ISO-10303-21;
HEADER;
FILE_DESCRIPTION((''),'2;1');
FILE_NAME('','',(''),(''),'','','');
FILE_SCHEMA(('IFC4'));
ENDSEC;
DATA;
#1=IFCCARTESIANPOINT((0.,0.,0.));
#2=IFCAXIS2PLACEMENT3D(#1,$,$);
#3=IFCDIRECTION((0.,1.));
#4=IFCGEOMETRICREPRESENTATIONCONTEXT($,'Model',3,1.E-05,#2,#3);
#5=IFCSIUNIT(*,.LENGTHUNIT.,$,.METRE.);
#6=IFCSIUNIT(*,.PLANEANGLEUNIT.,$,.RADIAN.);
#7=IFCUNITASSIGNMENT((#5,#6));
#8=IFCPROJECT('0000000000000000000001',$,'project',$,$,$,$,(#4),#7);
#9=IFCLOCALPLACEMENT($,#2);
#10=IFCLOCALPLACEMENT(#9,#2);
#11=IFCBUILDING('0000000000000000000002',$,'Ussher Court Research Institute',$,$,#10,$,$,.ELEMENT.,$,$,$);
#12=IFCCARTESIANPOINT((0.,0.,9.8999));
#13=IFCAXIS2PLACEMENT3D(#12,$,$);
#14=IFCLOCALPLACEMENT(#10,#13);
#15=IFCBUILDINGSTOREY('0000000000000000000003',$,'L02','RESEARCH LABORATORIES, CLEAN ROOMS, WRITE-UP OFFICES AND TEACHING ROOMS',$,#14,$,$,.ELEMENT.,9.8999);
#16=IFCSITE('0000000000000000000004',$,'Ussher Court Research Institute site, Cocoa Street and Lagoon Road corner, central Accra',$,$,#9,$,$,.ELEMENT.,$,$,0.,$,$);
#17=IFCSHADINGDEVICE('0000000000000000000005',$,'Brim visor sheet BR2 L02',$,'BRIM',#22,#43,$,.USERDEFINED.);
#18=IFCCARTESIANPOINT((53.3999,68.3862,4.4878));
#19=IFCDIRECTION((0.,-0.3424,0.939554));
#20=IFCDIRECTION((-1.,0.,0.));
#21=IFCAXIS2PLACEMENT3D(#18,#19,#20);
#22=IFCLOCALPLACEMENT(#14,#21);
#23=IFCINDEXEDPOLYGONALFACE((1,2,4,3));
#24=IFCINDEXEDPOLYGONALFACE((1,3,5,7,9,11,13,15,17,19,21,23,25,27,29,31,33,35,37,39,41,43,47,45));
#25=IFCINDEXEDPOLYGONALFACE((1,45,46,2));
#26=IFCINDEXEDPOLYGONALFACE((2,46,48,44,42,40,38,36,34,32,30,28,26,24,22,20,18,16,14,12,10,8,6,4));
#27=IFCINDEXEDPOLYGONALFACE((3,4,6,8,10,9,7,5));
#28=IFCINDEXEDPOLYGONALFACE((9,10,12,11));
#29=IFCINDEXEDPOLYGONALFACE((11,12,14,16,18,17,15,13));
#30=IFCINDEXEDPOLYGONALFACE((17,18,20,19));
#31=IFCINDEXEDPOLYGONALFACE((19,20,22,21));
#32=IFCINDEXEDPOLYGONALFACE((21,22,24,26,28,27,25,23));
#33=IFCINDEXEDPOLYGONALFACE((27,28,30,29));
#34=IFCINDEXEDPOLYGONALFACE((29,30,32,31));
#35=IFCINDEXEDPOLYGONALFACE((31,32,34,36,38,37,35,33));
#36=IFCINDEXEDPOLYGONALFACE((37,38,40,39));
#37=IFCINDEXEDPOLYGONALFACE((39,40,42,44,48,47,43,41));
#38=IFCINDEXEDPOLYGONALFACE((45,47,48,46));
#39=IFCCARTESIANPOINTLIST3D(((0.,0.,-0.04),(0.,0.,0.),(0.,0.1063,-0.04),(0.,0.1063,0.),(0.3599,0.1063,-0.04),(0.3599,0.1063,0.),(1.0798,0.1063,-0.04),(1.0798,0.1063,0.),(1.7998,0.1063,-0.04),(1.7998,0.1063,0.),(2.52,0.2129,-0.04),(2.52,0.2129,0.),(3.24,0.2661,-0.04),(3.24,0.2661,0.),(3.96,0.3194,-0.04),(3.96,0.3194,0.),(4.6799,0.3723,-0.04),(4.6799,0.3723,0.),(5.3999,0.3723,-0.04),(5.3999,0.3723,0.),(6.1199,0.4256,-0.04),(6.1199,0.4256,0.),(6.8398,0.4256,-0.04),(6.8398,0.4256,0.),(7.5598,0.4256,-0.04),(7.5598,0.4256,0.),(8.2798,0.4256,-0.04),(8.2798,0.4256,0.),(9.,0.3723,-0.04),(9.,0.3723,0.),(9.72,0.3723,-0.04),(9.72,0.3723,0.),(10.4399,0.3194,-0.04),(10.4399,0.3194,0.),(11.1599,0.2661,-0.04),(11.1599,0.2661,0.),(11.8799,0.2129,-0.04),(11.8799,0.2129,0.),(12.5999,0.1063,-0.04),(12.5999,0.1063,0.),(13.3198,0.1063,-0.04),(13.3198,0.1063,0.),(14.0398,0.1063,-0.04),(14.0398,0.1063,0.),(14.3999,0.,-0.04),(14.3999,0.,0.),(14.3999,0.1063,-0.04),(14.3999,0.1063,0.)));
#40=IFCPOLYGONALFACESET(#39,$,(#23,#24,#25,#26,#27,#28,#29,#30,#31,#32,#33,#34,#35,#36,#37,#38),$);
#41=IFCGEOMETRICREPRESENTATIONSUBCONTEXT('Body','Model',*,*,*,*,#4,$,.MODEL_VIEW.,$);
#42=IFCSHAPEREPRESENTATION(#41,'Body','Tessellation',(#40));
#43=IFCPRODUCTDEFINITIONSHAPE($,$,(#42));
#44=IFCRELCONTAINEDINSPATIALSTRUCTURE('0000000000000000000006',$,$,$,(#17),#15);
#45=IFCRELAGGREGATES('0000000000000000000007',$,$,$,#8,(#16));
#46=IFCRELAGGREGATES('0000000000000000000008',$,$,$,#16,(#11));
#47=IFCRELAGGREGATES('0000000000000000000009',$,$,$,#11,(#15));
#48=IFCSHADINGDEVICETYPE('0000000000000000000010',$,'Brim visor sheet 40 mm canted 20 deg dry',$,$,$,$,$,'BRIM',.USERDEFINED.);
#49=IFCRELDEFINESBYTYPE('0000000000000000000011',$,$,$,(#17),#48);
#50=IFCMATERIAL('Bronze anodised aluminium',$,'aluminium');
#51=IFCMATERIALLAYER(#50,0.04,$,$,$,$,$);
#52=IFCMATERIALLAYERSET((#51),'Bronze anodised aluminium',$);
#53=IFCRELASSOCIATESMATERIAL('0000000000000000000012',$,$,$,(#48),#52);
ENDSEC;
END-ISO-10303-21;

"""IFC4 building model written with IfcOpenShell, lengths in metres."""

from ifc_helpers import new_model, si_unit, direction, frame, origin, place, context, subcontext, project, spatial, polyline, outline, extrude, material, layer, layer_set, type_object, element, save


model = new_model("IFC4")

# Units and contexts
model_context = context("Model", 3, precision=1e-05, world=origin(), true_north=direction((0.0, 1.0)))
body_context = subcontext(model_context, "Body", "Model", "MODEL_VIEW")
ifc_project = project(units=[si_unit("LENGTHUNIT", "METRE"), si_unit("PLANEANGLEUNIT", "RADIAN")], contexts=[model_context])

# Site, building, storey
site_placement = place(None, origin())
site = spatial("IfcSite", under=ifc_project, at=site_placement, Name="Ussher Court Research Institute site, Cocoa Street and Lagoon Road corner, central Accra", CompositionType="ELEMENT", RefElevation=0.0)
building_placement = place(site_placement, origin())
building = spatial("IfcBuilding", under=site, at=building_placement, Name="Ussher Court Research Institute", CompositionType="ELEMENT")
storey_placement = place(building_placement, frame((0.0, 0.0, 9.8999)))
storey = spatial("IfcBuildingStorey", under=building, at=storey_placement, Name="L02", Description="RESEARCH LABORATORIES, CLEAN ROOMS, WRITE-UP OFFICES AND TEACHING ROOMS", CompositionType="ELEMENT", Elevation=9.8999)

# Shading device
ifc_material_1 = material(Name="Bronze anodised aluminium", Category="aluminium")
ifc_layer_1 = layer(ifc_material_1, 0.04)
ifc_layer_set_1 = layer_set([ifc_layer_1], Name="Bronze anodised aluminium")
shading_device_type_1 = type_object("IfcShadingDeviceType", Name="Brim visor sheet 40 mm canted 20 deg dry", ElementType="BRIM", PredefinedType="USERDEFINED", material=ifc_layer_set_1)
shading_device_placement = place(storey_placement, frame((53.3999, 68.3862, 4.4878), z_axis=(0.0, -0.3424, 0.939554), x_axis=(-1.0, 0.0, 0.0)))
element("IfcShadingDevice", 1, at=shading_device_placement, inside=storey, type_object=shading_device_type_1, Name="Brim visor sheet BR2 L02", ObjectType="BRIM", PredefinedType="USERDEFINED", context=body_context, shape_type="SweptSolid", body=[
    extrude(outline(polyline([(0.0, 0.0), (14.3999, 0.0), (14.3999, 0.1063), (14.0398, 0.1063), (13.3198, 0.1063), (12.5999, 0.1063), (11.8799, 0.2129), (11.1599, 0.2661), (10.4399, 0.3194), (9.72, 0.3723), (9.0, 0.3723), (8.2798, 0.4256), (7.5598, 0.4256), (6.8398, 0.4256), (6.1199, 0.4256), (5.3999, 0.3723), (4.6799, 0.3723), (3.96, 0.3194), (3.24, 0.2661), (2.52, 0.2129), (1.7998, 0.1063), (1.0798, 0.1063), (0.3599, 0.1063), (0.0, 0.1063), (0.0, 0.0)])), origin(), (0.0, 0.0, -1.0), 0.04),
])

save(model, "model.ifc")
